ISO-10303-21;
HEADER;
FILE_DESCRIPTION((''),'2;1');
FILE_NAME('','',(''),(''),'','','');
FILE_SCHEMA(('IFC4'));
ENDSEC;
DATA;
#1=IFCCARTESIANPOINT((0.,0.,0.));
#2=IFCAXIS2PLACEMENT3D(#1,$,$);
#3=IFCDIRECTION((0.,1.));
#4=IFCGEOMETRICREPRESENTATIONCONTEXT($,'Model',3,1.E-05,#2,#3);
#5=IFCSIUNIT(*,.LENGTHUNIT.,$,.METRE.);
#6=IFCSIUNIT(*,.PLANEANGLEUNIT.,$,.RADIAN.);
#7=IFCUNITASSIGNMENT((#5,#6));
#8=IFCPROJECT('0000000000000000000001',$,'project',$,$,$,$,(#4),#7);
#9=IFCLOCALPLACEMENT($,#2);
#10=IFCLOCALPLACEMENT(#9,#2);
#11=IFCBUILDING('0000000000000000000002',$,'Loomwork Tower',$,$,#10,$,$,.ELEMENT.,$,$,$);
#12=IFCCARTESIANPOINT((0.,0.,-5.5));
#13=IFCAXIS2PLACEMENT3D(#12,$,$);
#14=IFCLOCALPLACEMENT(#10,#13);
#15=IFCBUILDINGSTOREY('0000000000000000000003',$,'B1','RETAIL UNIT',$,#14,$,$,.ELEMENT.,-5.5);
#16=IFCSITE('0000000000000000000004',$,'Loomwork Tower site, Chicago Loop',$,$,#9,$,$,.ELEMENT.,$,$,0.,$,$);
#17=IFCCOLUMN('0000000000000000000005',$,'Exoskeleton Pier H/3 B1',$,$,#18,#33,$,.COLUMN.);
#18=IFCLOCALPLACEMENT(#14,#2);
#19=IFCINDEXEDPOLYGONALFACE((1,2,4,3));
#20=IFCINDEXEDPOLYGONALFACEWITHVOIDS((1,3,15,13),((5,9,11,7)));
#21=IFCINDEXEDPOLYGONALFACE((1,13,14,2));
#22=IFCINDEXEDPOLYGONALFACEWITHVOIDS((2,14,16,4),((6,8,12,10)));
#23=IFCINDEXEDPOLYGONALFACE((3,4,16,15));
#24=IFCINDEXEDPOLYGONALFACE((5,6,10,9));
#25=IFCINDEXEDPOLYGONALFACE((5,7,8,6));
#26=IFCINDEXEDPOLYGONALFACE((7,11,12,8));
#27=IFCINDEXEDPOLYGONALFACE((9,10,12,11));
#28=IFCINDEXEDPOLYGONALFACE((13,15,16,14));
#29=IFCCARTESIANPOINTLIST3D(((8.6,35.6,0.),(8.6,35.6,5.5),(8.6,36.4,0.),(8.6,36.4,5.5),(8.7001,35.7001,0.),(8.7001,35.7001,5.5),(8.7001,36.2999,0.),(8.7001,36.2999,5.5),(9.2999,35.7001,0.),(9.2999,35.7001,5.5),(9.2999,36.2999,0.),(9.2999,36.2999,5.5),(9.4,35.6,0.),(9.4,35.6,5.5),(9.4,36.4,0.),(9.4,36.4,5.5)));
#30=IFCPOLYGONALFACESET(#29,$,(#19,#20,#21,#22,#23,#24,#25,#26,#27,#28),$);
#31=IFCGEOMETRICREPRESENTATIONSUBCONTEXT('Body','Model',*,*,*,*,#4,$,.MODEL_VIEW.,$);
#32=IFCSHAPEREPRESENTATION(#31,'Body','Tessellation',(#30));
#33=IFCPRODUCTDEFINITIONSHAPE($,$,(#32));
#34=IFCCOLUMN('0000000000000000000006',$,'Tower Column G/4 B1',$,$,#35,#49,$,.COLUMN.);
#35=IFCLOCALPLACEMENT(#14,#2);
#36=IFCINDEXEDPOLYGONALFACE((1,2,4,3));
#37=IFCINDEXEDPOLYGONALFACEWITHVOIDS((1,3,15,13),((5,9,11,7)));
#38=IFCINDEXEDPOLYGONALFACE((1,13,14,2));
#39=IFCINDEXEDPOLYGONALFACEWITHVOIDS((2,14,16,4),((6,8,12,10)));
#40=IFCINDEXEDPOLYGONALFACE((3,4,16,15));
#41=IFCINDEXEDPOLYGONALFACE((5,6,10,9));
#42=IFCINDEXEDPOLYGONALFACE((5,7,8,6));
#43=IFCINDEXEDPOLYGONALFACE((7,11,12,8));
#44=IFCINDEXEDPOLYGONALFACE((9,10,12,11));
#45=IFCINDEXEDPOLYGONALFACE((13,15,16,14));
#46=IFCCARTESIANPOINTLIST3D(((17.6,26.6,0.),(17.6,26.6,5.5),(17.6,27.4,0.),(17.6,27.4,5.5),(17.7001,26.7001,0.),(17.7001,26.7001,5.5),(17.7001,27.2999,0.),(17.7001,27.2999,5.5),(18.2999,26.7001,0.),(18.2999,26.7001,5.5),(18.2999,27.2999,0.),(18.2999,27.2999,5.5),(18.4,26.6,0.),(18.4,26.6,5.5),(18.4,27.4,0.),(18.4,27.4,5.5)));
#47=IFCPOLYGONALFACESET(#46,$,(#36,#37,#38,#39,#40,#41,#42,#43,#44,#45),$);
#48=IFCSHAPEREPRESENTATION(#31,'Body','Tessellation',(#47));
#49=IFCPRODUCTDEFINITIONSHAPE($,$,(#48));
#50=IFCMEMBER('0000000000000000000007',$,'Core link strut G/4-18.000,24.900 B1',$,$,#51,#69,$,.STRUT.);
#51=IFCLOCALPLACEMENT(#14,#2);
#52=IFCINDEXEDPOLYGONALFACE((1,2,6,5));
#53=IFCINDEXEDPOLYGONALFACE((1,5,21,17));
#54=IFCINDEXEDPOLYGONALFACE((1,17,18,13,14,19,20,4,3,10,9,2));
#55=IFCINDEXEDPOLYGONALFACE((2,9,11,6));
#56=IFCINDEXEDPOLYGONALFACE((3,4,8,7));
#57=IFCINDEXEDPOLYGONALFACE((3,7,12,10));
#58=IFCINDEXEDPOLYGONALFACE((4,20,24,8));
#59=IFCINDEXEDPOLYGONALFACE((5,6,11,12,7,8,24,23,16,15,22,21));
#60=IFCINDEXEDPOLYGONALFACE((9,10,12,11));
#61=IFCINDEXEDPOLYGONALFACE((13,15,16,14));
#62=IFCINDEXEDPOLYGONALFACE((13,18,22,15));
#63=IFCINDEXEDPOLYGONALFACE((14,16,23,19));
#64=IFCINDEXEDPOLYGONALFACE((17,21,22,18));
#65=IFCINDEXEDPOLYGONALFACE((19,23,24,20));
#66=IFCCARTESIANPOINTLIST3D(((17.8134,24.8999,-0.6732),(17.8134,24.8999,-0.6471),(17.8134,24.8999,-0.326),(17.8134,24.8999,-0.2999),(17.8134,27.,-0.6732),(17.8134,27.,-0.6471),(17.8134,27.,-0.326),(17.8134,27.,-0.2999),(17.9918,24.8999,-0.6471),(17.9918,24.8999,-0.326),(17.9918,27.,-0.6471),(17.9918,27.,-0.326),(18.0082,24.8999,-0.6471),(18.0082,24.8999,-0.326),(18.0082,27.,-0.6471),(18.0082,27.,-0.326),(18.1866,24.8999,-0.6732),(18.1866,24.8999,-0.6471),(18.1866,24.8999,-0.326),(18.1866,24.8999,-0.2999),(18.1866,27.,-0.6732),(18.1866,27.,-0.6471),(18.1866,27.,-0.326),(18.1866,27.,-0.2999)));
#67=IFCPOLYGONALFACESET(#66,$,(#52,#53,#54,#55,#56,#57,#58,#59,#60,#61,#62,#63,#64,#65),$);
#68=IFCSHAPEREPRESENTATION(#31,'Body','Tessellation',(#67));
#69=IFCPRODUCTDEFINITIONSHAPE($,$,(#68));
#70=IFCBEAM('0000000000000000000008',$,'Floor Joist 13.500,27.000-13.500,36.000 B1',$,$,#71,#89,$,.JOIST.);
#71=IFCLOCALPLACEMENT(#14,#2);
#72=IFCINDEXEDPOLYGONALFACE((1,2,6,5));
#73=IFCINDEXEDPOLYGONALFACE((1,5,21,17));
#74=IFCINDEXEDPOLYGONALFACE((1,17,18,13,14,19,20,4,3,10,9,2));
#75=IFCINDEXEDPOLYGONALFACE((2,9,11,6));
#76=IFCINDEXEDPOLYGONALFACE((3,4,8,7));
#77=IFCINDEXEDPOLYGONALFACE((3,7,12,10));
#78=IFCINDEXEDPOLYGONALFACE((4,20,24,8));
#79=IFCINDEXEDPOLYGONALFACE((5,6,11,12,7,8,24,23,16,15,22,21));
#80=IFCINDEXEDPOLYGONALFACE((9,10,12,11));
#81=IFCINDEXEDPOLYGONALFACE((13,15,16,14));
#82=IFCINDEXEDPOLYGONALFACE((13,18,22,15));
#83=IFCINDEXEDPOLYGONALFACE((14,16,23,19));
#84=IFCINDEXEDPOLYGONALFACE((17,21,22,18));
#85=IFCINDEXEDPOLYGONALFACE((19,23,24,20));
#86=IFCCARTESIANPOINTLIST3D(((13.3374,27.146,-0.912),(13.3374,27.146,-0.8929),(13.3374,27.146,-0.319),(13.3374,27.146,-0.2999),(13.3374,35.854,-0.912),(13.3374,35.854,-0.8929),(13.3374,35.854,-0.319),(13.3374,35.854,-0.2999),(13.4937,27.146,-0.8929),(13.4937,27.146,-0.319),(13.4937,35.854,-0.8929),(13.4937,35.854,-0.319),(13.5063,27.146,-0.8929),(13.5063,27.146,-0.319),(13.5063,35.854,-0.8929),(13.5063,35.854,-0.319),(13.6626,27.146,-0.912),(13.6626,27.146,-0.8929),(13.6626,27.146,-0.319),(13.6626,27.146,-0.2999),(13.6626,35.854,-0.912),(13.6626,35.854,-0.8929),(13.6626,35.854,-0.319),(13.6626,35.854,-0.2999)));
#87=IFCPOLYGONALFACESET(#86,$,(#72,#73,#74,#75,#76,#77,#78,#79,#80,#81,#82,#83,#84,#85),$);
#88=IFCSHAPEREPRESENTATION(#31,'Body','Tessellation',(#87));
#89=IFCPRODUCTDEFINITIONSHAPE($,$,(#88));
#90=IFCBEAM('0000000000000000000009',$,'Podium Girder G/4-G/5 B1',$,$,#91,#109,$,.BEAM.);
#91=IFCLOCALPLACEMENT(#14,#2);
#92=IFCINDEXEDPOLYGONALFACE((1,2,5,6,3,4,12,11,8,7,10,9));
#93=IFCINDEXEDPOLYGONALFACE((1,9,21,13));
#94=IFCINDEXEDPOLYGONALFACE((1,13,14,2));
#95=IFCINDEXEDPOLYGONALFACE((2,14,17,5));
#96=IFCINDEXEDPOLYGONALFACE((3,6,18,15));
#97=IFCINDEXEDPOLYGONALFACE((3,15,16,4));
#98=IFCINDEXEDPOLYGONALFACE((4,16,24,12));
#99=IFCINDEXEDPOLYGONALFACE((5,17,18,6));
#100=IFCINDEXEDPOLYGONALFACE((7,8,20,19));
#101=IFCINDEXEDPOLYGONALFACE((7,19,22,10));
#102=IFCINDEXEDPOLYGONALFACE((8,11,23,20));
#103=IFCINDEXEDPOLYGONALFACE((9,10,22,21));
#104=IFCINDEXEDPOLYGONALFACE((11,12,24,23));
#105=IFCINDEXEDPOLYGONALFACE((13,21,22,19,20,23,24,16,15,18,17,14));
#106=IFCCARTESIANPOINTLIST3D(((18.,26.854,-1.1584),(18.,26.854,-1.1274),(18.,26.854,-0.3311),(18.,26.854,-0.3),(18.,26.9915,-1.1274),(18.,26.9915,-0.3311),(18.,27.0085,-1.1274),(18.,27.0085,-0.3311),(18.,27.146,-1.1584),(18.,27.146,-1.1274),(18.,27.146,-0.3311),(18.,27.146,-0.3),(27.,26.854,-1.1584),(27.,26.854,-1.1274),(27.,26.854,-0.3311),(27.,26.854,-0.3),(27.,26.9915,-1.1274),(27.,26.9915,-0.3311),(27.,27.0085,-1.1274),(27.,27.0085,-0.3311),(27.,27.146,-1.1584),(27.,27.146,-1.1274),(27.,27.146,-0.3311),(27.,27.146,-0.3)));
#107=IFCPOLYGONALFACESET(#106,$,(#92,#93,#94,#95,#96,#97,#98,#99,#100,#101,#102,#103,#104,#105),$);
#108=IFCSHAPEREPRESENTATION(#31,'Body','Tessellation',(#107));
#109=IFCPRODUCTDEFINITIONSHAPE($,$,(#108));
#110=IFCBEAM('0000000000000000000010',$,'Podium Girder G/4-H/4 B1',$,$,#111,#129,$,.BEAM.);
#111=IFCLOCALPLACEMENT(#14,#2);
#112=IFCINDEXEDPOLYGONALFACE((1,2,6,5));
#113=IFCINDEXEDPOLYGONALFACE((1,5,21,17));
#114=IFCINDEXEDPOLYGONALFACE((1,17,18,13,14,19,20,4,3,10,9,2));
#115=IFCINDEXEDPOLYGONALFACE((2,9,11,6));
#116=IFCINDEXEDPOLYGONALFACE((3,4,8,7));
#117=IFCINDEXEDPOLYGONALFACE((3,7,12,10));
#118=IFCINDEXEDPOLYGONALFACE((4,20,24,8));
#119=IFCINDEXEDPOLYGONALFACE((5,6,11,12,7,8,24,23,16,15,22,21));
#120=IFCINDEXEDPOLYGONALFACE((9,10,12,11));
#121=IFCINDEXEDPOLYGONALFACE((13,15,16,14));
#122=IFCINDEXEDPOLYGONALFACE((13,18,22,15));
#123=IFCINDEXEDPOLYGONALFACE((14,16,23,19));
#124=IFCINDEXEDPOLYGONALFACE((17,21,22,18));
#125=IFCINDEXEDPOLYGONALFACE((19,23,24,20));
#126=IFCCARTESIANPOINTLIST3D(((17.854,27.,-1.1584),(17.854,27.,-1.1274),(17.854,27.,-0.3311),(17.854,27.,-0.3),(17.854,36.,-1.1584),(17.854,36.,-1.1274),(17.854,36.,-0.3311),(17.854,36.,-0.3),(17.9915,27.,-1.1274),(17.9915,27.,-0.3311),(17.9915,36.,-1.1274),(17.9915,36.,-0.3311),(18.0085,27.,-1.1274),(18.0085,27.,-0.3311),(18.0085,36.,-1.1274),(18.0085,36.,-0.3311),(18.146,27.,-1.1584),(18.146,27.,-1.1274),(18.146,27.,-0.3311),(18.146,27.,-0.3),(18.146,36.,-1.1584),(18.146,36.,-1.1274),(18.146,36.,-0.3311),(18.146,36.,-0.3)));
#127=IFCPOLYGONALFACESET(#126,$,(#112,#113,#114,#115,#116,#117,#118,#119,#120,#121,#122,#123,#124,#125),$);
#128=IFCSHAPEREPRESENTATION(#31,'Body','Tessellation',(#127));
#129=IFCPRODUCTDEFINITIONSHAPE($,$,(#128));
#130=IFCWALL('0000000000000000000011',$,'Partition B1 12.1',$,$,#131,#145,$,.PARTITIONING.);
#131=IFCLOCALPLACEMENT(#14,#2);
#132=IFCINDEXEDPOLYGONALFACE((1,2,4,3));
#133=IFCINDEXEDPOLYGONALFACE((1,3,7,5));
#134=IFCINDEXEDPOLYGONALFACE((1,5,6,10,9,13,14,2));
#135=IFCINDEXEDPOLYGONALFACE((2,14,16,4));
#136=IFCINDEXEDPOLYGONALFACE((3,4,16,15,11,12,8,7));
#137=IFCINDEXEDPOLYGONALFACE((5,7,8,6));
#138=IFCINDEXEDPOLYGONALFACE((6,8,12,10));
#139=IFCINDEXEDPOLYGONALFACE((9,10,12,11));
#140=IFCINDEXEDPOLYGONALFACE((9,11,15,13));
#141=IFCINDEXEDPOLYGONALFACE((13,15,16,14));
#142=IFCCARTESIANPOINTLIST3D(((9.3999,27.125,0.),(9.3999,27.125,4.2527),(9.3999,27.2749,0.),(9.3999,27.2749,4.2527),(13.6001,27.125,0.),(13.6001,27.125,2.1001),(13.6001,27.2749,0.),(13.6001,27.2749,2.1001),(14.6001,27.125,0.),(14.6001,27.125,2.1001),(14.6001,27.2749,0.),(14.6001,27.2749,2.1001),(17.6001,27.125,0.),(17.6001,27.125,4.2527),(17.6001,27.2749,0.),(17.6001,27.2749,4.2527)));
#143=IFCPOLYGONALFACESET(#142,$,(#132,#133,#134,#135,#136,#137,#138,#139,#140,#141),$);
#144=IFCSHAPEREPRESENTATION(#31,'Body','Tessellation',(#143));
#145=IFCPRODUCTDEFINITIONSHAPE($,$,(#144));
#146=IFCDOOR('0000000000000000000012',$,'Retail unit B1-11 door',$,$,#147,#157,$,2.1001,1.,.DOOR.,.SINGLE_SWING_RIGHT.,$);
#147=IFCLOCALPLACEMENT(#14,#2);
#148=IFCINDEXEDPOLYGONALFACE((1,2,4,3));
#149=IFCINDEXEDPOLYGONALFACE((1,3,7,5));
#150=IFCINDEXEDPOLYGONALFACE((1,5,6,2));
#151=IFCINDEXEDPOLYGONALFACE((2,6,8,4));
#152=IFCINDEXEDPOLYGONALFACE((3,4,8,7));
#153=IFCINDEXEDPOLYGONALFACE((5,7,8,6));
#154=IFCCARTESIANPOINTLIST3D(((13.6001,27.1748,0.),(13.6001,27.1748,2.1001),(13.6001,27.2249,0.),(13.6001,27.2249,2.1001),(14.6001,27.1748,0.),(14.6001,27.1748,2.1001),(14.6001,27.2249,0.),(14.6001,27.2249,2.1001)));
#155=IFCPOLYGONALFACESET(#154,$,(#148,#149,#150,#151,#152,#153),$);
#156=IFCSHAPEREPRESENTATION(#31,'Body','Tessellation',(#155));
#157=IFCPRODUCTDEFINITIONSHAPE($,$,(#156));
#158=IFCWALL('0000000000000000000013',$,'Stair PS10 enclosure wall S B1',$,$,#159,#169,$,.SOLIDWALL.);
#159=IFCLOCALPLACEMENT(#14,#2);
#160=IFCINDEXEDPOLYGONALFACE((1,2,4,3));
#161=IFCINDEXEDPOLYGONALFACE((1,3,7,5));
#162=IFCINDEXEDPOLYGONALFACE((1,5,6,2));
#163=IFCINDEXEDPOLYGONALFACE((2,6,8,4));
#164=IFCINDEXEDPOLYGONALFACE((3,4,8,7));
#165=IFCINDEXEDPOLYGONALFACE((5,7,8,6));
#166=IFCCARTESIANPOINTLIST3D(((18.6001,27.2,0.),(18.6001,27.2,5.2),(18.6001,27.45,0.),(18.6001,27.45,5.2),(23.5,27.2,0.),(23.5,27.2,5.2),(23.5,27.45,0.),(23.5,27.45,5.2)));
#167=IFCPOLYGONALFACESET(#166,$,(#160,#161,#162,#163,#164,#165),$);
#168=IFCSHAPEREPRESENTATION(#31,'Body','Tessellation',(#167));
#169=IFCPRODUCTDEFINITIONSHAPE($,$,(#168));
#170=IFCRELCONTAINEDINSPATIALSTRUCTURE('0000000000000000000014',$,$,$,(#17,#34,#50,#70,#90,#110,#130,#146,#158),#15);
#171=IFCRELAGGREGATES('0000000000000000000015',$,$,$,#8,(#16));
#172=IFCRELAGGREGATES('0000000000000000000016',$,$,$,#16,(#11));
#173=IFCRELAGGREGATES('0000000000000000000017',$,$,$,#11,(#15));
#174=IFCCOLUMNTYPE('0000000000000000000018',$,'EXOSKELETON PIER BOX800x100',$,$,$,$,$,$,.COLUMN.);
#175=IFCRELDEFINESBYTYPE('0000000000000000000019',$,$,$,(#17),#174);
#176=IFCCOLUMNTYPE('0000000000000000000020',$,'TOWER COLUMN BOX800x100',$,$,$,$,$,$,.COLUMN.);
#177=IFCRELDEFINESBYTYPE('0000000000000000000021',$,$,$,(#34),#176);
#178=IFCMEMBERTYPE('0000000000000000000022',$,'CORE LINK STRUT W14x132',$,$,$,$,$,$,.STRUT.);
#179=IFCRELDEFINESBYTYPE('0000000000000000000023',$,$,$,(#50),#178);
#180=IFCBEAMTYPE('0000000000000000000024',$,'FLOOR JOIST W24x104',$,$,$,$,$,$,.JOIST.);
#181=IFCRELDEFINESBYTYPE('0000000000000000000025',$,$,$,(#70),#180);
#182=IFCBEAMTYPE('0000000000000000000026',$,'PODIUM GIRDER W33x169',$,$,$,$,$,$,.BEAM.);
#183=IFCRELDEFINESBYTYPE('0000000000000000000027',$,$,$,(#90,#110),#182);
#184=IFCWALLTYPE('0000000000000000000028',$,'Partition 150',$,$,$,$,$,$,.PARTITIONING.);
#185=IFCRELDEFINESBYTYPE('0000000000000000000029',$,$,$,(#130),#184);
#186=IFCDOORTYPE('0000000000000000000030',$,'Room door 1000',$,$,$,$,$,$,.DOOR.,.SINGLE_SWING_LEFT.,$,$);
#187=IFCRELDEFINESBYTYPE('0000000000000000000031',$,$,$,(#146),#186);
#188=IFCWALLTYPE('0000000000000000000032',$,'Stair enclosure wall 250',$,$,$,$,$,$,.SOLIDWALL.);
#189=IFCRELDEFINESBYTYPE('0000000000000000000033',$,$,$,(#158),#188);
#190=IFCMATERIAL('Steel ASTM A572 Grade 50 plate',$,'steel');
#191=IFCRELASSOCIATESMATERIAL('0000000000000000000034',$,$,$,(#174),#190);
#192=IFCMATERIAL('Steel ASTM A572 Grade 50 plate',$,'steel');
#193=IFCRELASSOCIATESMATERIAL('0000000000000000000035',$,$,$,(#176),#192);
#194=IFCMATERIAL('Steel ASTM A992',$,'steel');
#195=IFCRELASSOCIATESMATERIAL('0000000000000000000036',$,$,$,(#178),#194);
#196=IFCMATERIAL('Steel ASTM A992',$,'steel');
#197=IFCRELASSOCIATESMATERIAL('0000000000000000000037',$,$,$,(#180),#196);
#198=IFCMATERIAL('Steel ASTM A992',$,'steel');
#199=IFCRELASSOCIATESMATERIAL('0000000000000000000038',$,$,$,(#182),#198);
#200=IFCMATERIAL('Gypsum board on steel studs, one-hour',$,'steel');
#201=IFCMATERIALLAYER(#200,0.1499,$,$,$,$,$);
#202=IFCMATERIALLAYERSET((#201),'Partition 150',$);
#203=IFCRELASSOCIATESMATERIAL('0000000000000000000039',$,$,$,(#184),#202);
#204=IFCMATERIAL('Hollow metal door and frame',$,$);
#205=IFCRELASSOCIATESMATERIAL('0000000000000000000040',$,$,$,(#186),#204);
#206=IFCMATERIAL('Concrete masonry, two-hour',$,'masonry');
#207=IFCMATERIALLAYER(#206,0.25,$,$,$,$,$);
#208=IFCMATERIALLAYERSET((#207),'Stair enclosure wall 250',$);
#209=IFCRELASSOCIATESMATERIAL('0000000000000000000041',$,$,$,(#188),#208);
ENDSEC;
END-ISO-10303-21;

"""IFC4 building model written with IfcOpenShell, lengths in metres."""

from ifc_helpers import new_model, si_unit, direction, frame, frame_2d, origin, origin_2d, place, context, subcontext, project, spatial, rectangle, hollow_rectangle, i_section, extrude, material, layer, layer_set, material_profile, profile_set, type_object, element, fill, save


model = new_model("IFC4")

# Units and contexts
model_context = context("Model", 3, precision=1e-05, world=origin(), true_north=direction((0.0, 1.0)))
body_context = subcontext(model_context, "Body", "Model", "MODEL_VIEW")
ifc_project = project(units=[si_unit("LENGTHUNIT", "METRE"), si_unit("PLANEANGLEUNIT", "RADIAN")], contexts=[model_context])

# Site, building, storey
site_placement = place(None, origin())
site = spatial("IfcSite", under=ifc_project, at=site_placement, Name="Loomwork Tower site, Chicago Loop", CompositionType="ELEMENT", RefElevation=0.0)
building_placement = place(site_placement, origin())
building = spatial("IfcBuilding", under=site, at=building_placement, Name="Loomwork Tower", CompositionType="ELEMENT")
storey_placement = place(building_placement, frame((0.0, 0.0, -5.5)))
storey = spatial("IfcBuildingStorey", under=building, at=storey_placement, Name="B1", Description="RETAIL UNIT", CompositionType="ELEMENT", Elevation=-5.5)

# Columns
ifc_material_1 = material(Name="Steel ASTM A572 Grade 50 plate", Category="steel")
ifc_material_profile_1 = material_profile(ifc_material_1, hollow_rectangle(XDim=0.8, YDim=0.8, WallThickness=0.1001, at=origin_2d()), Name="BOX800x100")
ifc_profile_set_1 = profile_set([ifc_material_profile_1], Name="Steel ASTM A572 Grade 50 plate")
column_type_1 = type_object("IfcColumnType", Name="EXOSKELETON PIER BOX800x100", PredefinedType="COLUMN", material=ifc_profile_set_1)
column_1_placement = place(storey_placement, frame((9.0, 36.0, 0.0), z_axis=(0.0, 0.0, 1.0), x_axis=(1.0, 0.0, 0.0)))
element("IfcColumn", 1, at=column_1_placement, inside=storey, type_object=column_type_1, Name="Exoskeleton Pier H/3 B1", PredefinedType="COLUMN", context=body_context, shape_type="SweptSolid", body=[
    extrude(hollow_rectangle(XDim=0.8, YDim=0.8, WallThickness=0.1001, at=origin_2d()), origin(), (0.0, 0.0, 1.0), 5.5),
])
ifc_material_2 = material(Name="Steel ASTM A572 Grade 50 plate", Category="steel")
ifc_material_profile_2 = material_profile(ifc_material_2, hollow_rectangle(XDim=0.8, YDim=0.8, WallThickness=0.1001, at=origin_2d()), Name="BOX800x100")
ifc_profile_set_2 = profile_set([ifc_material_profile_2], Name="Steel ASTM A572 Grade 50 plate")
column_type_2 = type_object("IfcColumnType", Name="TOWER COLUMN BOX800x100", PredefinedType="COLUMN", material=ifc_profile_set_2)
column_2_placement = place(storey_placement, frame((18.0, 27.0, 0.0), z_axis=(0.0, 0.0, 1.0), x_axis=(1.0, 0.0, 0.0)))
element("IfcColumn", 2, at=column_2_placement, inside=storey, type_object=column_type_2, Name="Tower Column G/4 B1", PredefinedType="COLUMN", context=body_context, shape_type="SweptSolid", body=[
    extrude(hollow_rectangle(XDim=0.8, YDim=0.8, WallThickness=0.1001, at=origin_2d()), origin(), (0.0, 0.0, 1.0), 5.5),
])

# Member
ifc_material_3 = material(Name="Steel ASTM A992", Category="steel")
ifc_material_profile_3 = material_profile(ifc_material_3, i_section(OverallWidth=0.3733, OverallDepth=0.3733, WebThickness=0.0164, FlangeThickness=0.0261, at=origin_2d()), Name="W14x132")
ifc_profile_set_3 = profile_set([ifc_material_profile_3], Name="Steel ASTM A992")
member_type = type_object("IfcMemberType", Name="CORE LINK STRUT W14x132", PredefinedType="STRUT", material=ifc_profile_set_3)
member_placement = place(storey_placement, frame((18.0, 27.0, -0.4866), z_axis=(0.0, -1.0, 0.0), x_axis=(1.0, 0.0, 0.0)))
element("IfcMember", 3, at=member_placement, inside=storey, type_object=member_type, Name="Core link strut G/4-18.000,24.900 B1", PredefinedType="STRUT", context=body_context, shape_type="SweptSolid", body=[
    extrude(i_section(OverallWidth=0.3733, OverallDepth=0.3733, WebThickness=0.0164, FlangeThickness=0.0261, at=origin_2d()), origin(), (0.0, 0.0, 1.0), 2.1001),
])

# Beams
ifc_material_4 = material(Name="Steel ASTM A992", Category="steel")
ifc_material_profile_4 = material_profile(ifc_material_4, i_section(OverallWidth=0.3252, OverallDepth=0.6121, WebThickness=0.0127, FlangeThickness=0.019, at=origin_2d()), Name="W24x104")
ifc_profile_set_4 = profile_set([ifc_material_profile_4], Name="Steel ASTM A992")
beam_type_1 = type_object("IfcBeamType", Name="FLOOR JOIST W24x104", PredefinedType="JOIST", material=ifc_profile_set_4)
beam_placement = place(storey_placement, frame((13.5, 27.146, -0.606), z_axis=(0.0, 1.0, 0.0), x_axis=(-1.0, 0.0, 0.0)))
element("IfcBeam", 4, at=beam_placement, inside=storey, type_object=beam_type_1, Name="Floor Joist 13.500,27.000-13.500,36.000 B1", PredefinedType="JOIST", context=body_context, shape_type="SweptSolid", body=[
    extrude(i_section(OverallWidth=0.3252, OverallDepth=0.6121, WebThickness=0.0127, FlangeThickness=0.019, at=origin_2d()), origin(), (0.0, 0.0, 1.0), 8.708),
])
ifc_material_5 = material(Name="Steel ASTM A992", Category="steel")
ifc_material_profile_5 = material_profile(ifc_material_5, i_section(OverallWidth=0.292, OverallDepth=0.8584, WebThickness=0.0171, FlangeThickness=0.031, at=origin_2d()), Name="W33x169")
ifc_profile_set_5 = profile_set([ifc_material_profile_5], Name="Steel ASTM A992")
beam_type_2 = type_object("IfcBeamType", Name="PODIUM GIRDER W33x169", PredefinedType="BEAM", material=ifc_profile_set_5)
for number, where, z_axis, x_axis, name in (
    (5, (18.0, 27.0, -0.7292), (1.0, 0.0, 0.0), (0.0, 1.0, 0.0), "Podium Girder G/4-G/5 B1"),
    (6, (18.0, 27.0, -0.7292), (0.0, 1.0, 0.0), (-1.0, 0.0, 0.0), "Podium Girder G/4-H/4 B1"),
):
    element("IfcBeam", number, at=place(storey_placement, frame(where, z_axis=z_axis, x_axis=x_axis)), inside=storey, type_object=beam_type_2, Name=name, PredefinedType="BEAM", context=body_context, shape_type="SweptSolid", body=[
        extrude(i_section(OverallWidth=0.292, OverallDepth=0.8584, WebThickness=0.0171, FlangeThickness=0.031, at=origin_2d()), origin(), (0.0, 0.0, 1.0), 9.0),
    ])

# Wall, opening, door
ifc_material_6 = material(Name="Gypsum board on steel studs, one-hour", Category="steel")
ifc_layer_1 = layer(ifc_material_6, 0.1499)
ifc_layer_set_1 = layer_set([ifc_layer_1], Name="Partition 150")
wall_type_1 = type_object("IfcWallType", Name="Partition 150", PredefinedType="PARTITIONING", material=ifc_layer_set_1)
wall_1_placement = place(storey_placement, frame((17.6001, 27.2, 0.0), z_axis=(0.0, 0.0, 1.0), x_axis=(-1.0, 0.0, 0.0)))
wall_1 = element("IfcWall", 7, at=wall_1_placement, inside=storey, type_object=wall_type_1, Name="Partition B1 12.1", PredefinedType="PARTITIONING", context=body_context, shape_type="SweptSolid", body=[
    extrude(rectangle(XDim=8.2002, YDim=0.1499, at=frame_2d((4.1001, 0.0))), origin(), (0.0, 0.0, 1.0), 4.2527),
])
opening_1_placement = place(wall_1_placement, frame((3.0, 0.0, 0.0)))
opening_1 = element("IfcOpeningElement", 8, at=opening_1_placement, cuts=wall_1, PredefinedType="OPENING", context=body_context, shape_type="SweptSolid", body=[
    extrude(rectangle(XDim=1.0, YDim=2.1001, at=frame_2d((0.5, 1.05))), frame((0.0, 0.085, 0.0), z_axis=(0.0, -1.0, 0.0), x_axis=(1.0, 0.0, 0.0)), (0.0, 0.0, 1.0), 0.1699),
])
ifc_material_7 = material(Name="Hollow metal door and frame")
door_type_1 = type_object("IfcDoorType", Name="Room door 1000", OperationType="SINGLE_SWING_LEFT", PredefinedType="DOOR", material=ifc_material_7)
door_1_placement = place(opening_1_placement, frame((1.0, 0.0, 0.0), z_axis=(0.0, 0.0, 1.0), x_axis=(-1.0, 0.0, 0.0)))
door_1 = element("IfcDoor", 9, at=door_1_placement, inside=storey, type_object=door_type_1, Name="Retail unit B1-11 door", OperationType="SINGLE_SWING_RIGHT", OverallHeight=2.1001, OverallWidth=1.0, PredefinedType="DOOR", context=body_context, shape_type="SweptSolid", body=[
    extrude(rectangle(XDim=1.0, YDim=2.1001, at=frame_2d((0.5, 1.05))), frame((0.0, 0.0249, 0.0), z_axis=(0.0, -1.0, 0.0), x_axis=(1.0, 0.0, 0.0)), (0.0, 0.0, 1.0), 0.05),
])
fill(opening_1, door_1)

# Wall
ifc_material_8 = material(Name="Concrete masonry, two-hour", Category="masonry")
ifc_layer_2 = layer(ifc_material_8, 0.25)
ifc_layer_set_2 = layer_set([ifc_layer_2], Name="Stair enclosure wall 250")
wall_type_2 = type_object("IfcWallType", Name="Stair enclosure wall 250", PredefinedType="SOLIDWALL", material=ifc_layer_set_2)
for number, where, z_axis, x_axis, name in (
    (10, (18.6001, 27.325, 0.0), (0.0, 0.0, 1.0), (1.0, 0.0, 0.0), "Stair PS10 enclosure wall S B1"),
):
    element("IfcWall", number, at=place(storey_placement, frame(where, z_axis=z_axis, x_axis=x_axis)), inside=storey, type_object=wall_type_2, Name=name, PredefinedType="SOLIDWALL", context=body_context, shape_type="SweptSolid", body=[
        extrude(rectangle(XDim=4.8999, YDim=0.25, at=frame_2d((2.45, 0.0))), origin(), (0.0, 0.0, 1.0), 5.2),
    ])

save(model, "model.ifc")
